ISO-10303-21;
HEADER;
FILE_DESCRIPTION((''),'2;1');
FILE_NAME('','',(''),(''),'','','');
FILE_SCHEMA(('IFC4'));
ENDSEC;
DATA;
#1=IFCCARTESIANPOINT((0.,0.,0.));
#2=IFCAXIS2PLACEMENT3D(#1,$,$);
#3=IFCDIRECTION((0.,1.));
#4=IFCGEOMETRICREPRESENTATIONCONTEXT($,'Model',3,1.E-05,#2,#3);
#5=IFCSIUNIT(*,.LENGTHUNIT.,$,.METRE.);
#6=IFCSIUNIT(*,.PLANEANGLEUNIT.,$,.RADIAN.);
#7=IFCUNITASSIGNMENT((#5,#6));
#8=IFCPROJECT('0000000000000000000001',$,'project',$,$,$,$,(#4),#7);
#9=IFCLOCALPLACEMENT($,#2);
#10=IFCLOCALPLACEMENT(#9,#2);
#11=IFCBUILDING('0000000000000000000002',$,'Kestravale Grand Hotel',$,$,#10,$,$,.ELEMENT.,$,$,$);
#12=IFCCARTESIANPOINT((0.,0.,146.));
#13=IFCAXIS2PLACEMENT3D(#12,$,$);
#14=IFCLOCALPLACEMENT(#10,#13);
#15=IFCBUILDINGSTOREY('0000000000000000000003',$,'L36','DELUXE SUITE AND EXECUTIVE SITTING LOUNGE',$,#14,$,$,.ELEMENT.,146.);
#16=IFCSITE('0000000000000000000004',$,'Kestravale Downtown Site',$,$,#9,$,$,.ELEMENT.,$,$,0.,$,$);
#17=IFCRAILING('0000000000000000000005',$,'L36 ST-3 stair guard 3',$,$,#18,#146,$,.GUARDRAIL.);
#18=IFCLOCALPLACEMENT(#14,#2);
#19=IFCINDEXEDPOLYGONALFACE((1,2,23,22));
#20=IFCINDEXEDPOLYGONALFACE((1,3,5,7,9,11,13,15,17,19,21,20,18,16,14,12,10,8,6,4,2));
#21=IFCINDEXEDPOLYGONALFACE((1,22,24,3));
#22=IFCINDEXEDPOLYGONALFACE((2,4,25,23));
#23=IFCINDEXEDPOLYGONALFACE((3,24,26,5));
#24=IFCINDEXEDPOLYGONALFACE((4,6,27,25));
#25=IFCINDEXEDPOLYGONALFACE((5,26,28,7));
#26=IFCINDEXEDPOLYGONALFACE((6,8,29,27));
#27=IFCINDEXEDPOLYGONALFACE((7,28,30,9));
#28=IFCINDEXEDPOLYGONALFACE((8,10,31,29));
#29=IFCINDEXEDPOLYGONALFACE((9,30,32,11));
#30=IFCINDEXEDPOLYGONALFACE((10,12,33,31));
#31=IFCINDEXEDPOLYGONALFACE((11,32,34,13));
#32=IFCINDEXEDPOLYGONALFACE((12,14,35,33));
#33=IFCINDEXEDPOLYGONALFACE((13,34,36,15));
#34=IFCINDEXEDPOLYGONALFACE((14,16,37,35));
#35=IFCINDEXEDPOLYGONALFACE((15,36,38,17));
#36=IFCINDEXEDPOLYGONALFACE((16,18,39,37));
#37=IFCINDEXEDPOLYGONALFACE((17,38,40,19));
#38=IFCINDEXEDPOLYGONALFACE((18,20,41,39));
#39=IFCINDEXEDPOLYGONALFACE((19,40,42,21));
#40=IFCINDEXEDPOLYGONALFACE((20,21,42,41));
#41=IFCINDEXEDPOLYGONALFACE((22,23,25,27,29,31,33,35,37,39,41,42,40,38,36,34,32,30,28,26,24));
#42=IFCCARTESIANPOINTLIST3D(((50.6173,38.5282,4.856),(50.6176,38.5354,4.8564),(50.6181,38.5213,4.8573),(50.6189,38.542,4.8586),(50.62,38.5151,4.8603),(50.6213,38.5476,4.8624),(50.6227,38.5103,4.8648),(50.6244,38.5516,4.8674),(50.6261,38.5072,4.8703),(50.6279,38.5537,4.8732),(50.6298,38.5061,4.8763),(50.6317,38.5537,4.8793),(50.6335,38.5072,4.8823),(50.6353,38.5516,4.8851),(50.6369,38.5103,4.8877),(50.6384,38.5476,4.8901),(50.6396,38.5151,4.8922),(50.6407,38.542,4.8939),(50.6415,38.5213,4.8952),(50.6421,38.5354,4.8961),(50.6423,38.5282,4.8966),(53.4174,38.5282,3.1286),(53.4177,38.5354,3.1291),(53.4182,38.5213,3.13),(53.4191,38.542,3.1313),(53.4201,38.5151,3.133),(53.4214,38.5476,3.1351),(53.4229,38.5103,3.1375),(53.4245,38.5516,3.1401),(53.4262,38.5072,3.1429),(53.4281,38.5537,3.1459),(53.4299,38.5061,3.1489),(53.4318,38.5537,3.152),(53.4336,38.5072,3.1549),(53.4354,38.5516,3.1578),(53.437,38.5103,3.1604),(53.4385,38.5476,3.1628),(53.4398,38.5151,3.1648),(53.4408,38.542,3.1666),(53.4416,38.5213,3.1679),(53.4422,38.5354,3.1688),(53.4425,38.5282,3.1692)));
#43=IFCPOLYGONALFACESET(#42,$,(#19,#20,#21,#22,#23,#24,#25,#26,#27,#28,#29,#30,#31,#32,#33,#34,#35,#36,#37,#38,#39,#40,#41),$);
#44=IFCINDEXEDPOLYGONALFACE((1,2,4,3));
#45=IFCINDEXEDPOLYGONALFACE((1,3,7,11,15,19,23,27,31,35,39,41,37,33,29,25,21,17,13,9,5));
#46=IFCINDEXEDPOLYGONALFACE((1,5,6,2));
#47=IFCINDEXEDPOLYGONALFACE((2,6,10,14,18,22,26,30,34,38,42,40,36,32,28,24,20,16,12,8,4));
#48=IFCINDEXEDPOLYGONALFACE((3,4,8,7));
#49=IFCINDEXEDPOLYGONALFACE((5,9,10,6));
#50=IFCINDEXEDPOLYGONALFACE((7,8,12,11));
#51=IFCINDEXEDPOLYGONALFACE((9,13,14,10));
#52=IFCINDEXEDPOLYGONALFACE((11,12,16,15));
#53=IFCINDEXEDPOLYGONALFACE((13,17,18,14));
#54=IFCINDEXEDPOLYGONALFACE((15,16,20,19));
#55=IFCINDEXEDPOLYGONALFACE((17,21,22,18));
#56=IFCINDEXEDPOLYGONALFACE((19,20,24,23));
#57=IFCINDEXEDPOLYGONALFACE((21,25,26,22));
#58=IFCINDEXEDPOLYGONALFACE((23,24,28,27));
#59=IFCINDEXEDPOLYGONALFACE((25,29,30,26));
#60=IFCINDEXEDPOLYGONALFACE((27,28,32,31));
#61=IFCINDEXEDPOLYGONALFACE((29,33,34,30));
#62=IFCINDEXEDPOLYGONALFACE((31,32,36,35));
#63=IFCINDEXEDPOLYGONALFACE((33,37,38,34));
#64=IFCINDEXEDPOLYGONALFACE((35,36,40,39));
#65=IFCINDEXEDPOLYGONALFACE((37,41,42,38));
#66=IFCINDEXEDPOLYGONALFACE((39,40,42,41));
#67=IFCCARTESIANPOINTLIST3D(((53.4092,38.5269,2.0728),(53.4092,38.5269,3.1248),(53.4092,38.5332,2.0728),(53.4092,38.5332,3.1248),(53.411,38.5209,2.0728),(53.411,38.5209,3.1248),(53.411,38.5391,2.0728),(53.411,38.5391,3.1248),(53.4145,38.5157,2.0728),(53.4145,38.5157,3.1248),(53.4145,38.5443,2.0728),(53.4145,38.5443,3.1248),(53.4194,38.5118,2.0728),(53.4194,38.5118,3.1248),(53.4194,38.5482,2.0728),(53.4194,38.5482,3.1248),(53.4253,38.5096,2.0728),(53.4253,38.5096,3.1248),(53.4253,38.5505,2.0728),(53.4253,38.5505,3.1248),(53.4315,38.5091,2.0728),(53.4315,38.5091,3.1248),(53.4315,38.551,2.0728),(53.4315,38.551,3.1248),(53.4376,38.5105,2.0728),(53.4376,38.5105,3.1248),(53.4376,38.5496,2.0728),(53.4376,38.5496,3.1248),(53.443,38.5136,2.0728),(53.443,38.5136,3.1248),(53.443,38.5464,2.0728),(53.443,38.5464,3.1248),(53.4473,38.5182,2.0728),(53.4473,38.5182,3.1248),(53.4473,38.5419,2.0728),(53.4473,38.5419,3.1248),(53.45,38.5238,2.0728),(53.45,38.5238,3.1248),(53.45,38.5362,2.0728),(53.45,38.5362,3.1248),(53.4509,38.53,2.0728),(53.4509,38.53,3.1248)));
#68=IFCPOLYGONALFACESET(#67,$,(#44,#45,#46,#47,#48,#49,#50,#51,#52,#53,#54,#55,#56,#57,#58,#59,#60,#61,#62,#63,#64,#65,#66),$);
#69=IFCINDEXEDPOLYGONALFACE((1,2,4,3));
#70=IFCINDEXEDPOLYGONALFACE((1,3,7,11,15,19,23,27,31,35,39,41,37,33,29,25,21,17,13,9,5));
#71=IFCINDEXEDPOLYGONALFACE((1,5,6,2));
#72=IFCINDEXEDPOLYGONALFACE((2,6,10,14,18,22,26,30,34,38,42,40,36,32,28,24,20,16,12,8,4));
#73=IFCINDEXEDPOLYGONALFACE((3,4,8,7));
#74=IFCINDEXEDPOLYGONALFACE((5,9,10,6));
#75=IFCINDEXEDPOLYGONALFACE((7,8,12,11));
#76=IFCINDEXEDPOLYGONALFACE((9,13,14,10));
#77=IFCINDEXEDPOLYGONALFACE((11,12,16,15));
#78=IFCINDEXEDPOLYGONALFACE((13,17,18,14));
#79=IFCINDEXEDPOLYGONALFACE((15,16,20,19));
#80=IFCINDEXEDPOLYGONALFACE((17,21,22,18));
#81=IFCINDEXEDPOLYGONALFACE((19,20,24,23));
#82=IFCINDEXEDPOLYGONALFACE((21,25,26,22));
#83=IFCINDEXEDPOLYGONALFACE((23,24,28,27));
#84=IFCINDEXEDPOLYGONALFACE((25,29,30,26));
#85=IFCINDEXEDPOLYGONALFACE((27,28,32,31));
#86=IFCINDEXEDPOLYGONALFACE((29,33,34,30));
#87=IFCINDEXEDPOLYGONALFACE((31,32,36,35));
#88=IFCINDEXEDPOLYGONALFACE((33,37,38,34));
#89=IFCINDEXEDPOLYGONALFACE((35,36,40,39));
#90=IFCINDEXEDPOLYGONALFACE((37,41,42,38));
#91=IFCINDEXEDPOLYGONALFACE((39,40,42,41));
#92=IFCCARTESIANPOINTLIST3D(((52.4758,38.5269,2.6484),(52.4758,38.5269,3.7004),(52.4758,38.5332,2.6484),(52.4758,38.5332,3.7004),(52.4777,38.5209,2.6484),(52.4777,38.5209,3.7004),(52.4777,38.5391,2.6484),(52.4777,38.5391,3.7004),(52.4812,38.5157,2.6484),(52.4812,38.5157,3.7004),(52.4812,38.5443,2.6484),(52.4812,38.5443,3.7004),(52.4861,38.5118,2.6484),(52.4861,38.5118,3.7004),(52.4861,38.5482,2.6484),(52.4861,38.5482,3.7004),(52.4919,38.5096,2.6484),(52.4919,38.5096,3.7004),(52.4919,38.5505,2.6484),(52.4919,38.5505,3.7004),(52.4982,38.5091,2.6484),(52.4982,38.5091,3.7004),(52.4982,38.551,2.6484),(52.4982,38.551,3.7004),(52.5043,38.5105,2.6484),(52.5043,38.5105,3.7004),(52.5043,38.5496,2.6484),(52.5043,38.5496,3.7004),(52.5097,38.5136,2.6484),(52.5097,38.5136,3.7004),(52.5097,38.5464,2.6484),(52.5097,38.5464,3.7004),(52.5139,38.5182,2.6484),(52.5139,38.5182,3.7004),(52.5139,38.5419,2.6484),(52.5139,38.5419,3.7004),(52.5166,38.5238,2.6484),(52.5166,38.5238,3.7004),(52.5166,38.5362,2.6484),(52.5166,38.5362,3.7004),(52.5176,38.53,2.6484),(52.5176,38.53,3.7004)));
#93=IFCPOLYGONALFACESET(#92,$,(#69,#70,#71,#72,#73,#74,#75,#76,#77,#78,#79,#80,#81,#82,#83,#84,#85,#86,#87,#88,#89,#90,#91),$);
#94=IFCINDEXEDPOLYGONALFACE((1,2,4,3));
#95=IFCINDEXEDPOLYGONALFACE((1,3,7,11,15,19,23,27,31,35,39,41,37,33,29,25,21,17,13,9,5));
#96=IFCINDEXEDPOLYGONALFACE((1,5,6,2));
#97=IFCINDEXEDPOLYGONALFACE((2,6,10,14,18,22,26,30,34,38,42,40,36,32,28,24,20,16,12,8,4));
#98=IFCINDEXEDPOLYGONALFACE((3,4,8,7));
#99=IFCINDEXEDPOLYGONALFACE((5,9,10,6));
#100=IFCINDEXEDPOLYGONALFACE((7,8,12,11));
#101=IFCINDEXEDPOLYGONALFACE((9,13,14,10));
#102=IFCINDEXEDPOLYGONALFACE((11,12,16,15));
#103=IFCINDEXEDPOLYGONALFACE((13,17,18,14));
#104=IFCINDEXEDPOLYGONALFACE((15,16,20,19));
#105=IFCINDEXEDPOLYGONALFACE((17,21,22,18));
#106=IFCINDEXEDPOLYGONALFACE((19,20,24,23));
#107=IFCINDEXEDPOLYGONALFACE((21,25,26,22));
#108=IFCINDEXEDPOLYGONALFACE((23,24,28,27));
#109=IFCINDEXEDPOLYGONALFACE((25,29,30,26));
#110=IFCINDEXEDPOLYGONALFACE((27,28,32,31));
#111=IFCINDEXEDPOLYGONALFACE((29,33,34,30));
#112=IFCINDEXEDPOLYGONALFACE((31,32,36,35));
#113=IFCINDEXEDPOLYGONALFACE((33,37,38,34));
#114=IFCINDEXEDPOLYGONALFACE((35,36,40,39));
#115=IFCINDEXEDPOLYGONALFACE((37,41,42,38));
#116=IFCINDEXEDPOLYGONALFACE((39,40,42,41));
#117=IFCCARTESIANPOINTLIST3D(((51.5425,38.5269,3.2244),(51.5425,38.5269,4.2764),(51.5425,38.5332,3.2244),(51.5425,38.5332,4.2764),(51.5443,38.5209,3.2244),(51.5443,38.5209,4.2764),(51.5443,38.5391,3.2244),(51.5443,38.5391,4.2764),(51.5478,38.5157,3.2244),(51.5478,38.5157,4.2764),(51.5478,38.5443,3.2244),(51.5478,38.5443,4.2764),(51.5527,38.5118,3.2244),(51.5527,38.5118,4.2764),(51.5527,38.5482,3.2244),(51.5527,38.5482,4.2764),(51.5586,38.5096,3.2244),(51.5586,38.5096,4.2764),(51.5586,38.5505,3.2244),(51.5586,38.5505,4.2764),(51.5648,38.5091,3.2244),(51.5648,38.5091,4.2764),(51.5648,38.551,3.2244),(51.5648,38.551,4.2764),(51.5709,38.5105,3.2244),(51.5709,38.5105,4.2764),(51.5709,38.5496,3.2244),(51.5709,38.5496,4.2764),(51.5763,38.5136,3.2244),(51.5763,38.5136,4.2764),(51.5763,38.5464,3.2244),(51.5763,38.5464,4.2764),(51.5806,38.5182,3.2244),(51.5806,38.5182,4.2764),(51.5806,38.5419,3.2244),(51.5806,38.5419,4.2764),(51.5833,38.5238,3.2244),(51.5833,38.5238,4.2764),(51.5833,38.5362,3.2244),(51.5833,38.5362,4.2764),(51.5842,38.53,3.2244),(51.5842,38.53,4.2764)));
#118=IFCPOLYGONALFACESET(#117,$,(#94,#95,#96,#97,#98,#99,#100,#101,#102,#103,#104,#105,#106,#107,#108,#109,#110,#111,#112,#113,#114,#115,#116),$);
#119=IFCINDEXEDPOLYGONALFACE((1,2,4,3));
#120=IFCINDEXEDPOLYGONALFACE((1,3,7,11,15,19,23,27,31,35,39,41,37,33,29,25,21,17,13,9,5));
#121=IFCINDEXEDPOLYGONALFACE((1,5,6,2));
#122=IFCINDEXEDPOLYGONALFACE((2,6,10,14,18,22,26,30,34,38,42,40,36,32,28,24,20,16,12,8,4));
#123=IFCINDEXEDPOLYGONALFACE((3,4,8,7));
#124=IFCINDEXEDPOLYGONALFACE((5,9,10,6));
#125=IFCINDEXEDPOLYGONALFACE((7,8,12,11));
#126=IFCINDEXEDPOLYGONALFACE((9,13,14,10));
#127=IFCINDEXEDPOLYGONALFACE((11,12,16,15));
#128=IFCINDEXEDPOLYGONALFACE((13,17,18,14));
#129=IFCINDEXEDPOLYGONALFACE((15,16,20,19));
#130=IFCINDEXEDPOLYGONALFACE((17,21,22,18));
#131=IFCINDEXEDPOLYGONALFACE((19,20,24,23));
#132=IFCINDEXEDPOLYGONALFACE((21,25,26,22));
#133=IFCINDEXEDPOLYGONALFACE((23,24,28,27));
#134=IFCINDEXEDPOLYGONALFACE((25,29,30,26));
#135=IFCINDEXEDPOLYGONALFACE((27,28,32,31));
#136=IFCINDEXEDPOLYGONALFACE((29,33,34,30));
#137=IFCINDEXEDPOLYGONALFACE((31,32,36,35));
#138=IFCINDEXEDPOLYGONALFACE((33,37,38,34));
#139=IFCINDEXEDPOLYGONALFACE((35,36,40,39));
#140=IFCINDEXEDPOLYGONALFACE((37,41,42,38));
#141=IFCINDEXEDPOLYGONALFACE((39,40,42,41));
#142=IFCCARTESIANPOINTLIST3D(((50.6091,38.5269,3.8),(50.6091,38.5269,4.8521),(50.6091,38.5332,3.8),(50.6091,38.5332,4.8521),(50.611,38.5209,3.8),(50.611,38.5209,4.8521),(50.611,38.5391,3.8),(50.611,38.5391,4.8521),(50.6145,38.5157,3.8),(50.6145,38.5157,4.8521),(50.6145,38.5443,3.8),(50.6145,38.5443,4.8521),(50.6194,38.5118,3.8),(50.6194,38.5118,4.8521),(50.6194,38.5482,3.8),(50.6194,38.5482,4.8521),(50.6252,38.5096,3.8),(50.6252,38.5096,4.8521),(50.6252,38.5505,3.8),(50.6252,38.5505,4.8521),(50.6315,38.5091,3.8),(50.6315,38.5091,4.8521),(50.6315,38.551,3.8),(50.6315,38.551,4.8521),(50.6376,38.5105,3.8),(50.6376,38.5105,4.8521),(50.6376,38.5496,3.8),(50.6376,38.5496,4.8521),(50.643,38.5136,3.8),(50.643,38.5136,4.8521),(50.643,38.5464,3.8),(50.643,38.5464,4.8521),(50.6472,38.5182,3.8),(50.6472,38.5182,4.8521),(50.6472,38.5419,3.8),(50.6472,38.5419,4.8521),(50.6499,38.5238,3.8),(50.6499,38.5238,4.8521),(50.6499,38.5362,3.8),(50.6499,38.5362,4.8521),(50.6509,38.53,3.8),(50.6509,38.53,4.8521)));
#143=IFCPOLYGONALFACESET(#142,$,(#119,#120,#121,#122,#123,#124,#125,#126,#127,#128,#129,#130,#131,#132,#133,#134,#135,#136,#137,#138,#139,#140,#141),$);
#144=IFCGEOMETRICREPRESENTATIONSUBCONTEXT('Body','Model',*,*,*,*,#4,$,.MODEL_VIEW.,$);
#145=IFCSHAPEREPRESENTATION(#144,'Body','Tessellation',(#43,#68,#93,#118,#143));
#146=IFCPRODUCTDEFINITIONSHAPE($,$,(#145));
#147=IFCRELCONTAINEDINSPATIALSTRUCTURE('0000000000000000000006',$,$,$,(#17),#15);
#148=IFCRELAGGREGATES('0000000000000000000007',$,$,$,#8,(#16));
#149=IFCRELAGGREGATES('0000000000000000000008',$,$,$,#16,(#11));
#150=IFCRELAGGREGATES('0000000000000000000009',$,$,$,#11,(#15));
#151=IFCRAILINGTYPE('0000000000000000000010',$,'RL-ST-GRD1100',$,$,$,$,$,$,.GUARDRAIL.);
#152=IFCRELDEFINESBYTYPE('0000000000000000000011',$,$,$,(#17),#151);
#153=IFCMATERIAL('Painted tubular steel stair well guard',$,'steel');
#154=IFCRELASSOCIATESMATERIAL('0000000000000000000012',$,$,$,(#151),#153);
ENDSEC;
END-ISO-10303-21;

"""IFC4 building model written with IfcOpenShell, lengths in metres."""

from ifc_helpers import new_model, si_unit, direction, frame, origin, origin_2d, place, context, subcontext, project, spatial, circle, extrude, material, type_object, element, save


model = new_model("IFC4")

# Units and contexts
model_context = context("Model", 3, precision=1e-05, world=origin(), true_north=direction((0.0, 1.0)))
body_context = subcontext(model_context, "Body", "Model", "MODEL_VIEW")
ifc_project = project(units=[si_unit("LENGTHUNIT", "METRE"), si_unit("PLANEANGLEUNIT", "RADIAN")], contexts=[model_context])

# Site, building, storey
site_placement = place(None, origin())
site = spatial("IfcSite", under=ifc_project, at=site_placement, Name="Kestravale Downtown Site", CompositionType="ELEMENT", RefElevation=0.0)
building_placement = place(site_placement, origin())
building = spatial("IfcBuilding", under=site, at=building_placement, Name="Kestravale Grand Hotel", CompositionType="ELEMENT")
storey_placement = place(building_placement, frame((0.0, 0.0, 146.0)))
storey = spatial("IfcBuildingStorey", under=building, at=storey_placement, Name="L36", Description="DELUXE SUITE AND EXECUTIVE SITTING LOUNGE", CompositionType="ELEMENT", Elevation=146.0)

# Railing
ifc_material_1 = material(Name="Painted tubular steel stair well guard", Category="steel")
railing_type_1 = type_object("IfcRailingType", Name="RL-ST-GRD1100", PredefinedType="GUARDRAIL", material=ifc_material_1)
railing_1_placement = place(storey_placement, frame((53.4299, 38.53, 2.0728)))
element("IfcRailing", 1, at=railing_1_placement, inside=storey, type_object=railing_type_1, Name="L36 ST-3 stair guard 3", PredefinedType="GUARDRAIL", context=body_context, shape_type="SweptSolid", body=[
    extrude(circle(Radius=0.0239, at=origin_2d()), frame((0.0, 0.0, 1.0762), z_axis=(-0.85109, 0.0, 0.52502), x_axis=(0.0, -1.0, 0.0)), (0.0, 0.0, 1.0), 3.29),
    extrude(circle(Radius=0.021, at=origin_2d()), origin(), (0.0, 0.0, 1.0), 1.052),
    extrude(circle(Radius=0.021, at=origin_2d()), frame((-0.9333, 0.0, 0.5757)), (0.0, 0.0, 1.0), 1.052),
    extrude(circle(Radius=0.021, at=origin_2d()), frame((-1.8667, 0.0, 1.1516)), (0.0, 0.0, 1.0), 1.052),
    extrude(circle(Radius=0.021, at=origin_2d()), frame((-2.8, 0.0, 1.7273)), (0.0, 0.0, 1.0), 1.052),
])

save(model, "model.ifc")
